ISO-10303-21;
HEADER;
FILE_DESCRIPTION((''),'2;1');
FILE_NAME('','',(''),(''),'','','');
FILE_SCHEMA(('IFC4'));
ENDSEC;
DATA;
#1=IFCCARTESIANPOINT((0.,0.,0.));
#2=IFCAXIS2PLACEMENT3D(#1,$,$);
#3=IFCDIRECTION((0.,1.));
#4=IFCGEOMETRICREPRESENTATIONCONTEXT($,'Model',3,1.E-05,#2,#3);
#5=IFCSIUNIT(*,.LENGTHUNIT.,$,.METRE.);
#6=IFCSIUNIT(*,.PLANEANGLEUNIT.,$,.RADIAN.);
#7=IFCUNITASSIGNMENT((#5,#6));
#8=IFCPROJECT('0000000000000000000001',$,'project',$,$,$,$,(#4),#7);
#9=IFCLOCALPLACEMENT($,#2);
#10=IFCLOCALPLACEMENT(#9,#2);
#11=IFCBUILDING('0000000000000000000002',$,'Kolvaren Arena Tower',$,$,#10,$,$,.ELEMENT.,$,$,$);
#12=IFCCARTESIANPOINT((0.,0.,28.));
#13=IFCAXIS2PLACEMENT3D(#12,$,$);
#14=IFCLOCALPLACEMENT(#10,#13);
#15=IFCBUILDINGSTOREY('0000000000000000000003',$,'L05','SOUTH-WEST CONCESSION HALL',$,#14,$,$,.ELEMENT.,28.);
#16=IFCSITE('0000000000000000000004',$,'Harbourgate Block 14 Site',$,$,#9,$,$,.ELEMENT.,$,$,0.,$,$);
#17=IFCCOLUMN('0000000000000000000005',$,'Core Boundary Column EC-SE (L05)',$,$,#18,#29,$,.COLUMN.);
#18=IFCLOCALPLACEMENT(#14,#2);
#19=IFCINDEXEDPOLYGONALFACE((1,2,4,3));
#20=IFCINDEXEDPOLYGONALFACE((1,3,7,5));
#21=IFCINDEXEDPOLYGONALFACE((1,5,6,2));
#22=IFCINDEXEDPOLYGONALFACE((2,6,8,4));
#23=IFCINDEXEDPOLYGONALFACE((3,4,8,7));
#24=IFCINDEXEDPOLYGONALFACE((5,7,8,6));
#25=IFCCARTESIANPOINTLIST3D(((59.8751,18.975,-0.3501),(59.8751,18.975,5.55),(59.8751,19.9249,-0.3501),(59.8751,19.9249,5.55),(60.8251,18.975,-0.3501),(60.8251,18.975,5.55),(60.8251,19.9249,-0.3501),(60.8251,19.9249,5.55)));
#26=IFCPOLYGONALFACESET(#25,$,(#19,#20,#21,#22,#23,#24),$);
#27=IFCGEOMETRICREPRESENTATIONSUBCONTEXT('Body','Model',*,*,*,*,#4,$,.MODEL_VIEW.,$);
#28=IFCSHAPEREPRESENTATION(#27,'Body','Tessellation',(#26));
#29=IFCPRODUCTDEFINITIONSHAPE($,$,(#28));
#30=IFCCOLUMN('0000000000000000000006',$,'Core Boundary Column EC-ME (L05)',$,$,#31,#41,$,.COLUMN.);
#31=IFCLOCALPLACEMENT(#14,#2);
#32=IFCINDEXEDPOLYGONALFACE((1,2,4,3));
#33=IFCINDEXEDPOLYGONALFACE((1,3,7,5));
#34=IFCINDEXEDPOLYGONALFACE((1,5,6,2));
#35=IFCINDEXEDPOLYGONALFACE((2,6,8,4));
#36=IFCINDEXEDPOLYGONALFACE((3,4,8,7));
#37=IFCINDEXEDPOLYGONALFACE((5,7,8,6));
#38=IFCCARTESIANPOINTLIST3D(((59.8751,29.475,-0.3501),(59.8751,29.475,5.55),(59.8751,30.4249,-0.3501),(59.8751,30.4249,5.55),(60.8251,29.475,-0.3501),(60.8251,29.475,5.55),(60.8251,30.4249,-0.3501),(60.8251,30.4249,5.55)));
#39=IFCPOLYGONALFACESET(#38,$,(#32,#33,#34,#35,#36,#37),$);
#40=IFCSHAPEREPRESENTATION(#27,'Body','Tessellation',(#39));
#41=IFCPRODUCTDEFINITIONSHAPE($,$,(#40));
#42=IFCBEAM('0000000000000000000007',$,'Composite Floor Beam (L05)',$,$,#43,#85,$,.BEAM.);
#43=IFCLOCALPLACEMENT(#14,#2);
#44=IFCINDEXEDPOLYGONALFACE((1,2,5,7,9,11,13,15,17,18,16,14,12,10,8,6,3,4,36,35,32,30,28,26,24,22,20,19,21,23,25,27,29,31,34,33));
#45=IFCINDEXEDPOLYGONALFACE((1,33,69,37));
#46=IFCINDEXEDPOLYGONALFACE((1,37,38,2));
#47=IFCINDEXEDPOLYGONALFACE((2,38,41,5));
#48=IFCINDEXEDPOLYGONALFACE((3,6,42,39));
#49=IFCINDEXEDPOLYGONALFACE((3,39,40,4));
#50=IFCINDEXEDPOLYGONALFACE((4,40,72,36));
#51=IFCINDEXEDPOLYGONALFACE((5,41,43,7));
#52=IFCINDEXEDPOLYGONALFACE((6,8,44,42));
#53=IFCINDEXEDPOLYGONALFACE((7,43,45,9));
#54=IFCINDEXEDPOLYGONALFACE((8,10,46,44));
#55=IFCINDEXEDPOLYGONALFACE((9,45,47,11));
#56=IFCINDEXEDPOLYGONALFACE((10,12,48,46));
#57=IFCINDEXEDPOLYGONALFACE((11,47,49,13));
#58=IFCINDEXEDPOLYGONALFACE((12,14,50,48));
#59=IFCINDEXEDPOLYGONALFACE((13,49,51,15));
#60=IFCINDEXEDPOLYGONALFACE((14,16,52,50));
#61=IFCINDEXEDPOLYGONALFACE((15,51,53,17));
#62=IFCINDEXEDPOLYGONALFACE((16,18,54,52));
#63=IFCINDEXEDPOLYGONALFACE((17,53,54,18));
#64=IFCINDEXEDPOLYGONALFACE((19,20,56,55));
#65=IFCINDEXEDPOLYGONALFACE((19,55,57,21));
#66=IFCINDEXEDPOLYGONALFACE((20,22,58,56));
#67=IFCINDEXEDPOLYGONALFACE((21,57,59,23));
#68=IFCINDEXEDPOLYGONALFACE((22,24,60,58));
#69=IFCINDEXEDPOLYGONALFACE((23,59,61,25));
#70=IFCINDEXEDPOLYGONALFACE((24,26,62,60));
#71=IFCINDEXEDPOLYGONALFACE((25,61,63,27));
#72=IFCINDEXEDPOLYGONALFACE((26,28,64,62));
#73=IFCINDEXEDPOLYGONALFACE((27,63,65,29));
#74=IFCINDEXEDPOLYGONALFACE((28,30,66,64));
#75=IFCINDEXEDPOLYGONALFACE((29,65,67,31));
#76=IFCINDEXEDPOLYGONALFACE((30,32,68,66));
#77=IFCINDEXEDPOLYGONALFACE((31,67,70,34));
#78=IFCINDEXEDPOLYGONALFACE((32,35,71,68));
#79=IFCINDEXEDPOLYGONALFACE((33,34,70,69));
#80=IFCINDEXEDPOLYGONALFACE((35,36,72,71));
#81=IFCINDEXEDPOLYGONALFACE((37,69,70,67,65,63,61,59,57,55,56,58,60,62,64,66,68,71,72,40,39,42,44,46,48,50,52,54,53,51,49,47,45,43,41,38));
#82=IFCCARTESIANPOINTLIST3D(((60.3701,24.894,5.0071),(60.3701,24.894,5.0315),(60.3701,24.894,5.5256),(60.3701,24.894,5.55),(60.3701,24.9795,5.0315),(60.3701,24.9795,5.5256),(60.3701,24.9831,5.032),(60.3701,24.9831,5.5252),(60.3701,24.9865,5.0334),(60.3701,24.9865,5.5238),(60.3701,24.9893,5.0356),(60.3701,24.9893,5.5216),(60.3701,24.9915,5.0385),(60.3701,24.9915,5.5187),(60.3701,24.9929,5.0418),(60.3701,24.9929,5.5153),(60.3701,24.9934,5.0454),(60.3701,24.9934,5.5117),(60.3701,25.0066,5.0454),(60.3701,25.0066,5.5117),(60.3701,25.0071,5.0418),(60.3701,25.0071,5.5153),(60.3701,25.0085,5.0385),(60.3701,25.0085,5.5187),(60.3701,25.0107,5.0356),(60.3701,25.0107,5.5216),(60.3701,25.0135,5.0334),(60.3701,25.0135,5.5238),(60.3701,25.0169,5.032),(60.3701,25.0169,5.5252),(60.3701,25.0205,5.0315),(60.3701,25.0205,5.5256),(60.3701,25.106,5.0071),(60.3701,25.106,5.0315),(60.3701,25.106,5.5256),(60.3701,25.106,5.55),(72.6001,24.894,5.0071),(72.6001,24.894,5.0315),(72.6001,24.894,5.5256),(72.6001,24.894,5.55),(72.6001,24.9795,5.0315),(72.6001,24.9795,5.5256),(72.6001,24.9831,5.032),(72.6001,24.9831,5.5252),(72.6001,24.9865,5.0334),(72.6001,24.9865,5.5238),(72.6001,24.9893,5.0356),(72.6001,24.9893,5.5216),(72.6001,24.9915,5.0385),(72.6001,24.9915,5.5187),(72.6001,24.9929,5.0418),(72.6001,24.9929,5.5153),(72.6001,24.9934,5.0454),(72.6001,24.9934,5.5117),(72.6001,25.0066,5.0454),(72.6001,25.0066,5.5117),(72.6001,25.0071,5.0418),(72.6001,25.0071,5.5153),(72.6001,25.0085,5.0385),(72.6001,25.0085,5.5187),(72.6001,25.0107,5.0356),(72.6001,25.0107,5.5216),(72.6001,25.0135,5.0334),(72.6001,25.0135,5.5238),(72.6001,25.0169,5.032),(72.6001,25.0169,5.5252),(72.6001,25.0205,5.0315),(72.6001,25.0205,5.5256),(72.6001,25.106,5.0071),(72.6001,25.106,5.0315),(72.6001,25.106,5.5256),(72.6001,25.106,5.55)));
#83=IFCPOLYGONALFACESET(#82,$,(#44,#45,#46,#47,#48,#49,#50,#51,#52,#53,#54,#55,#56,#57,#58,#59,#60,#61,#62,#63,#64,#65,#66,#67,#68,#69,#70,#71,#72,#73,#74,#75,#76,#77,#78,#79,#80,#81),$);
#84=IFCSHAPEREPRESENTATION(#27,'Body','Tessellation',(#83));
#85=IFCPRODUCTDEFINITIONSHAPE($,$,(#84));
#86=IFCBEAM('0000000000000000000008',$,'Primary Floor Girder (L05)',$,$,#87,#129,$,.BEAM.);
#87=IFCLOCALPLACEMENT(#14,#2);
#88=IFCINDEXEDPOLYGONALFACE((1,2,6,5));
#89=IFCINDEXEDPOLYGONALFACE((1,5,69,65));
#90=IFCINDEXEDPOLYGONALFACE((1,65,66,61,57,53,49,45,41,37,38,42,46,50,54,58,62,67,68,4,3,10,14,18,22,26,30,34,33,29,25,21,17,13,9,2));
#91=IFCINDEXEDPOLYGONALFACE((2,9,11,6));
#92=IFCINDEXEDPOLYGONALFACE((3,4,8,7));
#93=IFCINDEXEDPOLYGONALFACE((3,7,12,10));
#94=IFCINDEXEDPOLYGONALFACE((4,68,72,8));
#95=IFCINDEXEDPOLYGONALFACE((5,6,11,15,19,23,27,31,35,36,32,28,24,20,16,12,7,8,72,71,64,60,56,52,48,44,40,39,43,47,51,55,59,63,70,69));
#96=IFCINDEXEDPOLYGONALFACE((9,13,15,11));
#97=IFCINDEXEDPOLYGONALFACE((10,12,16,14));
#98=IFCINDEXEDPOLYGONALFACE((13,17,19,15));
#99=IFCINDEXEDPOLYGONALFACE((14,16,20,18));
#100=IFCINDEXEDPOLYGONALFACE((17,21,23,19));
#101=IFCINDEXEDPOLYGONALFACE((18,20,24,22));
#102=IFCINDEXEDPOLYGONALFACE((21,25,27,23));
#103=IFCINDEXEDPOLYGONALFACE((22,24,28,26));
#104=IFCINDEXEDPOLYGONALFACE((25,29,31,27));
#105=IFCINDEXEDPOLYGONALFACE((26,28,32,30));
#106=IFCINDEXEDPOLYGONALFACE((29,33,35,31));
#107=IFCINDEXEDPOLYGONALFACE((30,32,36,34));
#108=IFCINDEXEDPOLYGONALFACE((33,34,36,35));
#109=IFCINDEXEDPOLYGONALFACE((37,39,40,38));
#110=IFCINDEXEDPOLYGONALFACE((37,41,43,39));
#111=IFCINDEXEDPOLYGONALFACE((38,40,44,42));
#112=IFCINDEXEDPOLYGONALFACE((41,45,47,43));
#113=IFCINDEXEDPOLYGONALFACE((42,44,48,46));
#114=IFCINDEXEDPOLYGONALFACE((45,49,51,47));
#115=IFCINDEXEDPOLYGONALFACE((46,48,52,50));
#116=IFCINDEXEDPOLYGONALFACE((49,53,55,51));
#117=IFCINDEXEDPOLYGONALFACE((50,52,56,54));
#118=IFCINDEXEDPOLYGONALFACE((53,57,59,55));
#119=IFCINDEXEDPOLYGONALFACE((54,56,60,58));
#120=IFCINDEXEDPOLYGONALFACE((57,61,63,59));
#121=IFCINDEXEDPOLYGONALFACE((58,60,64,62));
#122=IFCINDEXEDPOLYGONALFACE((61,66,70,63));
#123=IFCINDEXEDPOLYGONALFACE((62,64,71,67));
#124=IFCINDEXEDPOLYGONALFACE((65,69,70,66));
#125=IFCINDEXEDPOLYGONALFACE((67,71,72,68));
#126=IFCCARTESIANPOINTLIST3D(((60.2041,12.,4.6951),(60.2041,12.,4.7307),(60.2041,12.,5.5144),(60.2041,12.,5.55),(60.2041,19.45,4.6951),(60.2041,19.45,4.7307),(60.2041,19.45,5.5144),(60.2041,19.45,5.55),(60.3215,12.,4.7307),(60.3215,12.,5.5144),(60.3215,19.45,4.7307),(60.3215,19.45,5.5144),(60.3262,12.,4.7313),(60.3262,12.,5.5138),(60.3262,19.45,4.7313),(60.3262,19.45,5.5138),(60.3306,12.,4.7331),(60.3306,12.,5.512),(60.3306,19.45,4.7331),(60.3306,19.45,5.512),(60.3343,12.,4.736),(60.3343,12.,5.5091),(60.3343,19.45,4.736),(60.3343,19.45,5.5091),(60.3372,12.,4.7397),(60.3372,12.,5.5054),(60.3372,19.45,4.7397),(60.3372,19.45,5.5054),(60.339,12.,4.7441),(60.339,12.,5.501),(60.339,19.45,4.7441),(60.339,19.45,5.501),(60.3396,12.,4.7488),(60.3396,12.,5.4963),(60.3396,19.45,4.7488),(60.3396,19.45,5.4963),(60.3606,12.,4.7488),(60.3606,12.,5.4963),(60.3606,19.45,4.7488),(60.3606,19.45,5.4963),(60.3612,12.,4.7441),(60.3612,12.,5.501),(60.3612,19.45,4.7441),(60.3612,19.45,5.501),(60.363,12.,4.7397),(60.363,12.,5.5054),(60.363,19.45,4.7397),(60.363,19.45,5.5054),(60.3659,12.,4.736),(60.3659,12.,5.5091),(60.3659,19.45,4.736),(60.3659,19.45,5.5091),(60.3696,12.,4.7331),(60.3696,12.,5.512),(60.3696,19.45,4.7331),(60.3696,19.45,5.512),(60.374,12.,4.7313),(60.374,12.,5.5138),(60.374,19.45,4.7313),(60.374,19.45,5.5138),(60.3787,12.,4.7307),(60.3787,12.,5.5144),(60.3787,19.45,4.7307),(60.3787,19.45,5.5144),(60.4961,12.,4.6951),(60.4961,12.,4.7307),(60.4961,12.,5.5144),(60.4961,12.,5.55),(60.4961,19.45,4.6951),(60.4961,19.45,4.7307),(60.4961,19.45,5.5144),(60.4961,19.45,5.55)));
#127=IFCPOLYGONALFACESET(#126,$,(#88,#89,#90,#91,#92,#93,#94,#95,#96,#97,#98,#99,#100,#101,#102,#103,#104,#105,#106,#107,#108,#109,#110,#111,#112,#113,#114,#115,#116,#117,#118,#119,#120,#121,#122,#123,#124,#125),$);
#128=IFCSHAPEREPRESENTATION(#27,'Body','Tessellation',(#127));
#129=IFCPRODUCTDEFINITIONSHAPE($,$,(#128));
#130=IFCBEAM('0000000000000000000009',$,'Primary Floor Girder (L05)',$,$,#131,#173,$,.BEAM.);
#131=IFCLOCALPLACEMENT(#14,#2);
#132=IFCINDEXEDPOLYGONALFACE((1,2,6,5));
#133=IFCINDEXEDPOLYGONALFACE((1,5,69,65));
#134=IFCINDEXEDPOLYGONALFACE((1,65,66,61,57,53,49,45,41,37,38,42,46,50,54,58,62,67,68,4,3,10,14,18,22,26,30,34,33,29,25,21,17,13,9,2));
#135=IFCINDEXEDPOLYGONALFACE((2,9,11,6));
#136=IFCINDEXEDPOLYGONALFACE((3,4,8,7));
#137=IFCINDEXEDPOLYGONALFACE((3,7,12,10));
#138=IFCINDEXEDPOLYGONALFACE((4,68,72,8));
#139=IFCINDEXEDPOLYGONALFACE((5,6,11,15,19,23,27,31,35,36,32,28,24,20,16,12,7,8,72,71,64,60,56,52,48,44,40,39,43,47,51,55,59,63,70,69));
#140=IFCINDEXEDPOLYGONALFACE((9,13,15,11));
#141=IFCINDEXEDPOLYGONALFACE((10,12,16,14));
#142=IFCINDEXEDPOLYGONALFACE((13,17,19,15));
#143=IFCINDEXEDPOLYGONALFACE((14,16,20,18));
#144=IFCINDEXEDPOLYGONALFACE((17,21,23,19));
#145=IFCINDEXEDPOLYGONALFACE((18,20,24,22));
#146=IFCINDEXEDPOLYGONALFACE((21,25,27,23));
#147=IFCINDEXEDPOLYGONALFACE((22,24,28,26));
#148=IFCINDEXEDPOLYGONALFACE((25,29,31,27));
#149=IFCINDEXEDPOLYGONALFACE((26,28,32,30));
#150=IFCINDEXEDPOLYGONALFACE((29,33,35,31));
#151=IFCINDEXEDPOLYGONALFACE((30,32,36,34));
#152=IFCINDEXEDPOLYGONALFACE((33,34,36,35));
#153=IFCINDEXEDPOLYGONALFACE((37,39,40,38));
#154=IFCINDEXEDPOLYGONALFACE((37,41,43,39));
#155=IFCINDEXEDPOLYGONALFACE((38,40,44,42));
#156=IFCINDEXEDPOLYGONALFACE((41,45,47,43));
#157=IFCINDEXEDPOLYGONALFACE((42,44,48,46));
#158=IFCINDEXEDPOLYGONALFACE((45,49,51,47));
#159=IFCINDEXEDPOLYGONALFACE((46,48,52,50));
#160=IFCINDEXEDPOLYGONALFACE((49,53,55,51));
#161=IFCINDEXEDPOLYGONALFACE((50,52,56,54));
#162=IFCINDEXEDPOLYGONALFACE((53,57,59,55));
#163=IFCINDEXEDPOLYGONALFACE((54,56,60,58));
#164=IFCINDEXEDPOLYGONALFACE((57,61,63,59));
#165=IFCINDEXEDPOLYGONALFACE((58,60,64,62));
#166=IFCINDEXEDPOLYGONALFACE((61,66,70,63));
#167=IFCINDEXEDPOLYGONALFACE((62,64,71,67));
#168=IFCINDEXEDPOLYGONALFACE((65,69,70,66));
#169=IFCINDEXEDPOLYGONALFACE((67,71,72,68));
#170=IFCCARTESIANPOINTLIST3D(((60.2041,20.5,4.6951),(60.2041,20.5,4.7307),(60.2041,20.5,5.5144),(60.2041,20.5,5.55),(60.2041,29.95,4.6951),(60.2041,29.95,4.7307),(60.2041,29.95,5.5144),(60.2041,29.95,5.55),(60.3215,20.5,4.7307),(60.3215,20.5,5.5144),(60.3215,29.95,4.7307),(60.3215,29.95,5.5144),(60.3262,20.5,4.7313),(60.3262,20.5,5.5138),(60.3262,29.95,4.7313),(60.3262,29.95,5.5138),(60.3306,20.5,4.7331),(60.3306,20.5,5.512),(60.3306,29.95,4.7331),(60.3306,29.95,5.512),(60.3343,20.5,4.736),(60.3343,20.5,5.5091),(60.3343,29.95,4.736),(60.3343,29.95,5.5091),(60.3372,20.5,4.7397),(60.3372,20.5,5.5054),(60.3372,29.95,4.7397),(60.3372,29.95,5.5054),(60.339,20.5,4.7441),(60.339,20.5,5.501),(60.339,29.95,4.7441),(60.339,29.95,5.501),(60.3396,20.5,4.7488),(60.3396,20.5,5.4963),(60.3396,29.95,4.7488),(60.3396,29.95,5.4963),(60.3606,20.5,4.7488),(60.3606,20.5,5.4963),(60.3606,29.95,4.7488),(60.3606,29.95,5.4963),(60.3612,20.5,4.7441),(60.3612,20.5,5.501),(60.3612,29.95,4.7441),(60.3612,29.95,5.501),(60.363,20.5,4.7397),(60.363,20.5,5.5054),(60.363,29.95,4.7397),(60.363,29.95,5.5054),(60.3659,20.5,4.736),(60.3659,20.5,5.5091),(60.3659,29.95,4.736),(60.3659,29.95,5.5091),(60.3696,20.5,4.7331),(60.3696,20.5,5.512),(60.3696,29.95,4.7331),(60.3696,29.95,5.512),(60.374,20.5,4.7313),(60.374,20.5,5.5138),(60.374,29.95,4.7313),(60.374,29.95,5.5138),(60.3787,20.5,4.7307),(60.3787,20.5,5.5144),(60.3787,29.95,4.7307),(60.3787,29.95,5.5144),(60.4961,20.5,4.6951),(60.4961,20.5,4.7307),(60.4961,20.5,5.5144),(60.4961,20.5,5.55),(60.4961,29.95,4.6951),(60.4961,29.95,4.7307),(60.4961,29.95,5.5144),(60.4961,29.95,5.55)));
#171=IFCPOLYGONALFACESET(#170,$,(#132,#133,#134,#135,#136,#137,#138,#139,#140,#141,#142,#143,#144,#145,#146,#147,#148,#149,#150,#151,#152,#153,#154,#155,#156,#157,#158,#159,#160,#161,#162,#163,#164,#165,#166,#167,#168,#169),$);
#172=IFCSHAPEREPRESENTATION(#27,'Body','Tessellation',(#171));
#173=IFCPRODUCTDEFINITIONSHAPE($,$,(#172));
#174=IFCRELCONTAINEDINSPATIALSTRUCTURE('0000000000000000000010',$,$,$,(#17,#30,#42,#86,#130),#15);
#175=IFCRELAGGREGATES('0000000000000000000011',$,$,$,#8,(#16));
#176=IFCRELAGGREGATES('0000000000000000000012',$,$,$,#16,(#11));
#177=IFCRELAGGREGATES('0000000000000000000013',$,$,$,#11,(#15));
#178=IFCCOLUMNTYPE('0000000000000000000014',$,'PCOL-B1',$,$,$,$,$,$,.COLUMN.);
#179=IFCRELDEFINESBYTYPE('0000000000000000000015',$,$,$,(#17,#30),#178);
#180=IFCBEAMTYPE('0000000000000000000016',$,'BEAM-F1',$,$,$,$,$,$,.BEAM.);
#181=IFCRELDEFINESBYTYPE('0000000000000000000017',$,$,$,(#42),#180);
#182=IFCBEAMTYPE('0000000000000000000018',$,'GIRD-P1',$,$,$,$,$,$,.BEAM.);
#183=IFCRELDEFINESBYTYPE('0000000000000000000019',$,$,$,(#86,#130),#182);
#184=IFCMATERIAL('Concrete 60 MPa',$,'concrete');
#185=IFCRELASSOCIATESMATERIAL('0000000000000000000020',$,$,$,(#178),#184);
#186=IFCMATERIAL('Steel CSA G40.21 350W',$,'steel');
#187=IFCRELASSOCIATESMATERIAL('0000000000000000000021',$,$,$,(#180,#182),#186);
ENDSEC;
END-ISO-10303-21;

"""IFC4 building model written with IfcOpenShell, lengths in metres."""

from ifc_helpers import new_model, si_unit, direction, frame, origin, origin_2d, place, context, subcontext, project, spatial, rectangle, i_section, extrude, material, material_profile, profile_set, type_object, element, save


model = new_model("IFC4")

# Units and contexts
model_context = context("Model", 3, precision=1e-05, world=origin(), true_north=direction((0.0, 1.0)))
body_context = subcontext(model_context, "Body", "Model", "MODEL_VIEW")
ifc_project = project(units=[si_unit("LENGTHUNIT", "METRE"), si_unit("PLANEANGLEUNIT", "RADIAN")], contexts=[model_context])

# Site, building, storey
site_placement = place(None, origin())
site = spatial("IfcSite", under=ifc_project, at=site_placement, Name="Harbourgate Block 14 Site", CompositionType="ELEMENT", RefElevation=0.0)
building_placement = place(site_placement, origin())
building = spatial("IfcBuilding", under=site, at=building_placement, Name="Kolvaren Arena Tower", CompositionType="ELEMENT")
storey_placement = place(building_placement, frame((0.0, 0.0, 28.0)))
storey = spatial("IfcBuildingStorey", under=building, at=storey_placement, Name="L05", Description="SOUTH-WEST CONCESSION HALL", CompositionType="ELEMENT", Elevation=28.0)

# Columns
ifc_material_1 = material(Name="Concrete 60 MPa", Category="concrete")
ifc_material_profile_1 = material_profile(ifc_material_1, rectangle(XDim=0.95, YDim=0.95, at=origin_2d()), Name="RC-950x950")
ifc_profile_set_1 = profile_set([ifc_material_profile_1], Name="Concrete 60 MPa")
column_type = type_object("IfcColumnType", Name="PCOL-B1", PredefinedType="COLUMN", material=ifc_profile_set_1)
for number, where, z_axis, x_axis, name in (
    (1, (60.3501, 19.45, -0.3501), (0.0, 0.0, 1.0), (1.0, 0.0, 0.0), "Core Boundary Column EC-SE (L05)"),
    (2, (60.3501, 29.95, -0.3501), (0.0, 0.0, 1.0), (1.0, 0.0, 0.0), "Core Boundary Column EC-ME (L05)"),
):
    element("IfcColumn", number, at=place(storey_placement, frame(where, z_axis=z_axis, x_axis=x_axis)), inside=storey, type_object=column_type, Name=name, PredefinedType="COLUMN", context=body_context, shape_type="SweptSolid", body=[
        extrude(rectangle(XDim=0.95, YDim=0.95, at=origin_2d()), origin(), (0.0, 0.0, 1.0), 5.9001),
    ])

# Beams
ifc_material_2 = material(Name="Steel CSA G40.21 350W", Category="steel")
ifc_material_profile_2 = material_profile(ifc_material_2, i_section(OverallWidth=0.2119, OverallDepth=0.543, WebThickness=0.0132, FlangeThickness=0.0244, FilletRadius=0.0139, at=origin_2d()), Name="W530x150")
ifc_profile_set_2 = profile_set([ifc_material_profile_2], Name="Steel CSA G40.21 350W")
beam_type_1 = type_object("IfcBeamType", Name="BEAM-F1", PredefinedType="BEAM", material=ifc_profile_set_2)
beam_1_placement = place(storey_placement, frame((60.3701, 25.0, 5.2786), z_axis=(1.0, 0.0, 0.0), x_axis=(0.0, 1.0, 0.0)))
element("IfcBeam", 3, at=beam_1_placement, inside=storey, type_object=beam_type_1, Name="Composite Floor Beam (L05)", PredefinedType="BEAM", context=body_context, shape_type="SweptSolid", body=[
    extrude(i_section(OverallWidth=0.2119, OverallDepth=0.543, WebThickness=0.0132, FlangeThickness=0.0244, FilletRadius=0.0139, at=origin_2d()), origin(), (0.0, 0.0, 1.0), 12.23),
])
ifc_material_profile_3 = material_profile(ifc_material_2, i_section(OverallWidth=0.292, OverallDepth=0.855, WebThickness=0.021, FlangeThickness=0.0356, FilletRadius=0.0181, at=origin_2d()), Name="W840x299")
ifc_profile_set_3 = profile_set([ifc_material_profile_3], Name="Steel CSA G40.21 350W")
beam_type_2 = type_object("IfcBeamType", Name="GIRD-P1", PredefinedType="BEAM", material=ifc_profile_set_3)
beam_2_placement = place(storey_placement, frame((60.3501, 12.0, 5.1226), z_axis=(0.0, 1.0, 0.0), x_axis=(-1.0, 0.0, 0.0)))
element("IfcBeam", 4, at=beam_2_placement, inside=storey, type_object=beam_type_2, Name="Primary Floor Girder (L05)", PredefinedType="BEAM", context=body_context, shape_type="SweptSolid", body=[
    extrude(i_section(OverallWidth=0.292, OverallDepth=0.855, WebThickness=0.021, FlangeThickness=0.0356, FilletRadius=0.0181, at=origin_2d()), origin(), (0.0, 0.0, 1.0), 7.45),
])
beam_3_placement = place(storey_placement, frame((60.3501, 20.5, 5.1226), z_axis=(0.0, 1.0, 0.0), x_axis=(-1.0, 0.0, 0.0)))
element("IfcBeam", 5, at=beam_3_placement, inside=storey, type_object=beam_type_2, Name="Primary Floor Girder (L05)", PredefinedType="BEAM", context=body_context, shape_type="SweptSolid", body=[
    extrude(i_section(OverallWidth=0.292, OverallDepth=0.855, WebThickness=0.021, FlangeThickness=0.0356, FilletRadius=0.0181, at=origin_2d()), origin(), (0.0, 0.0, 1.0), 9.45),
])

save(model, "model.ifc")
